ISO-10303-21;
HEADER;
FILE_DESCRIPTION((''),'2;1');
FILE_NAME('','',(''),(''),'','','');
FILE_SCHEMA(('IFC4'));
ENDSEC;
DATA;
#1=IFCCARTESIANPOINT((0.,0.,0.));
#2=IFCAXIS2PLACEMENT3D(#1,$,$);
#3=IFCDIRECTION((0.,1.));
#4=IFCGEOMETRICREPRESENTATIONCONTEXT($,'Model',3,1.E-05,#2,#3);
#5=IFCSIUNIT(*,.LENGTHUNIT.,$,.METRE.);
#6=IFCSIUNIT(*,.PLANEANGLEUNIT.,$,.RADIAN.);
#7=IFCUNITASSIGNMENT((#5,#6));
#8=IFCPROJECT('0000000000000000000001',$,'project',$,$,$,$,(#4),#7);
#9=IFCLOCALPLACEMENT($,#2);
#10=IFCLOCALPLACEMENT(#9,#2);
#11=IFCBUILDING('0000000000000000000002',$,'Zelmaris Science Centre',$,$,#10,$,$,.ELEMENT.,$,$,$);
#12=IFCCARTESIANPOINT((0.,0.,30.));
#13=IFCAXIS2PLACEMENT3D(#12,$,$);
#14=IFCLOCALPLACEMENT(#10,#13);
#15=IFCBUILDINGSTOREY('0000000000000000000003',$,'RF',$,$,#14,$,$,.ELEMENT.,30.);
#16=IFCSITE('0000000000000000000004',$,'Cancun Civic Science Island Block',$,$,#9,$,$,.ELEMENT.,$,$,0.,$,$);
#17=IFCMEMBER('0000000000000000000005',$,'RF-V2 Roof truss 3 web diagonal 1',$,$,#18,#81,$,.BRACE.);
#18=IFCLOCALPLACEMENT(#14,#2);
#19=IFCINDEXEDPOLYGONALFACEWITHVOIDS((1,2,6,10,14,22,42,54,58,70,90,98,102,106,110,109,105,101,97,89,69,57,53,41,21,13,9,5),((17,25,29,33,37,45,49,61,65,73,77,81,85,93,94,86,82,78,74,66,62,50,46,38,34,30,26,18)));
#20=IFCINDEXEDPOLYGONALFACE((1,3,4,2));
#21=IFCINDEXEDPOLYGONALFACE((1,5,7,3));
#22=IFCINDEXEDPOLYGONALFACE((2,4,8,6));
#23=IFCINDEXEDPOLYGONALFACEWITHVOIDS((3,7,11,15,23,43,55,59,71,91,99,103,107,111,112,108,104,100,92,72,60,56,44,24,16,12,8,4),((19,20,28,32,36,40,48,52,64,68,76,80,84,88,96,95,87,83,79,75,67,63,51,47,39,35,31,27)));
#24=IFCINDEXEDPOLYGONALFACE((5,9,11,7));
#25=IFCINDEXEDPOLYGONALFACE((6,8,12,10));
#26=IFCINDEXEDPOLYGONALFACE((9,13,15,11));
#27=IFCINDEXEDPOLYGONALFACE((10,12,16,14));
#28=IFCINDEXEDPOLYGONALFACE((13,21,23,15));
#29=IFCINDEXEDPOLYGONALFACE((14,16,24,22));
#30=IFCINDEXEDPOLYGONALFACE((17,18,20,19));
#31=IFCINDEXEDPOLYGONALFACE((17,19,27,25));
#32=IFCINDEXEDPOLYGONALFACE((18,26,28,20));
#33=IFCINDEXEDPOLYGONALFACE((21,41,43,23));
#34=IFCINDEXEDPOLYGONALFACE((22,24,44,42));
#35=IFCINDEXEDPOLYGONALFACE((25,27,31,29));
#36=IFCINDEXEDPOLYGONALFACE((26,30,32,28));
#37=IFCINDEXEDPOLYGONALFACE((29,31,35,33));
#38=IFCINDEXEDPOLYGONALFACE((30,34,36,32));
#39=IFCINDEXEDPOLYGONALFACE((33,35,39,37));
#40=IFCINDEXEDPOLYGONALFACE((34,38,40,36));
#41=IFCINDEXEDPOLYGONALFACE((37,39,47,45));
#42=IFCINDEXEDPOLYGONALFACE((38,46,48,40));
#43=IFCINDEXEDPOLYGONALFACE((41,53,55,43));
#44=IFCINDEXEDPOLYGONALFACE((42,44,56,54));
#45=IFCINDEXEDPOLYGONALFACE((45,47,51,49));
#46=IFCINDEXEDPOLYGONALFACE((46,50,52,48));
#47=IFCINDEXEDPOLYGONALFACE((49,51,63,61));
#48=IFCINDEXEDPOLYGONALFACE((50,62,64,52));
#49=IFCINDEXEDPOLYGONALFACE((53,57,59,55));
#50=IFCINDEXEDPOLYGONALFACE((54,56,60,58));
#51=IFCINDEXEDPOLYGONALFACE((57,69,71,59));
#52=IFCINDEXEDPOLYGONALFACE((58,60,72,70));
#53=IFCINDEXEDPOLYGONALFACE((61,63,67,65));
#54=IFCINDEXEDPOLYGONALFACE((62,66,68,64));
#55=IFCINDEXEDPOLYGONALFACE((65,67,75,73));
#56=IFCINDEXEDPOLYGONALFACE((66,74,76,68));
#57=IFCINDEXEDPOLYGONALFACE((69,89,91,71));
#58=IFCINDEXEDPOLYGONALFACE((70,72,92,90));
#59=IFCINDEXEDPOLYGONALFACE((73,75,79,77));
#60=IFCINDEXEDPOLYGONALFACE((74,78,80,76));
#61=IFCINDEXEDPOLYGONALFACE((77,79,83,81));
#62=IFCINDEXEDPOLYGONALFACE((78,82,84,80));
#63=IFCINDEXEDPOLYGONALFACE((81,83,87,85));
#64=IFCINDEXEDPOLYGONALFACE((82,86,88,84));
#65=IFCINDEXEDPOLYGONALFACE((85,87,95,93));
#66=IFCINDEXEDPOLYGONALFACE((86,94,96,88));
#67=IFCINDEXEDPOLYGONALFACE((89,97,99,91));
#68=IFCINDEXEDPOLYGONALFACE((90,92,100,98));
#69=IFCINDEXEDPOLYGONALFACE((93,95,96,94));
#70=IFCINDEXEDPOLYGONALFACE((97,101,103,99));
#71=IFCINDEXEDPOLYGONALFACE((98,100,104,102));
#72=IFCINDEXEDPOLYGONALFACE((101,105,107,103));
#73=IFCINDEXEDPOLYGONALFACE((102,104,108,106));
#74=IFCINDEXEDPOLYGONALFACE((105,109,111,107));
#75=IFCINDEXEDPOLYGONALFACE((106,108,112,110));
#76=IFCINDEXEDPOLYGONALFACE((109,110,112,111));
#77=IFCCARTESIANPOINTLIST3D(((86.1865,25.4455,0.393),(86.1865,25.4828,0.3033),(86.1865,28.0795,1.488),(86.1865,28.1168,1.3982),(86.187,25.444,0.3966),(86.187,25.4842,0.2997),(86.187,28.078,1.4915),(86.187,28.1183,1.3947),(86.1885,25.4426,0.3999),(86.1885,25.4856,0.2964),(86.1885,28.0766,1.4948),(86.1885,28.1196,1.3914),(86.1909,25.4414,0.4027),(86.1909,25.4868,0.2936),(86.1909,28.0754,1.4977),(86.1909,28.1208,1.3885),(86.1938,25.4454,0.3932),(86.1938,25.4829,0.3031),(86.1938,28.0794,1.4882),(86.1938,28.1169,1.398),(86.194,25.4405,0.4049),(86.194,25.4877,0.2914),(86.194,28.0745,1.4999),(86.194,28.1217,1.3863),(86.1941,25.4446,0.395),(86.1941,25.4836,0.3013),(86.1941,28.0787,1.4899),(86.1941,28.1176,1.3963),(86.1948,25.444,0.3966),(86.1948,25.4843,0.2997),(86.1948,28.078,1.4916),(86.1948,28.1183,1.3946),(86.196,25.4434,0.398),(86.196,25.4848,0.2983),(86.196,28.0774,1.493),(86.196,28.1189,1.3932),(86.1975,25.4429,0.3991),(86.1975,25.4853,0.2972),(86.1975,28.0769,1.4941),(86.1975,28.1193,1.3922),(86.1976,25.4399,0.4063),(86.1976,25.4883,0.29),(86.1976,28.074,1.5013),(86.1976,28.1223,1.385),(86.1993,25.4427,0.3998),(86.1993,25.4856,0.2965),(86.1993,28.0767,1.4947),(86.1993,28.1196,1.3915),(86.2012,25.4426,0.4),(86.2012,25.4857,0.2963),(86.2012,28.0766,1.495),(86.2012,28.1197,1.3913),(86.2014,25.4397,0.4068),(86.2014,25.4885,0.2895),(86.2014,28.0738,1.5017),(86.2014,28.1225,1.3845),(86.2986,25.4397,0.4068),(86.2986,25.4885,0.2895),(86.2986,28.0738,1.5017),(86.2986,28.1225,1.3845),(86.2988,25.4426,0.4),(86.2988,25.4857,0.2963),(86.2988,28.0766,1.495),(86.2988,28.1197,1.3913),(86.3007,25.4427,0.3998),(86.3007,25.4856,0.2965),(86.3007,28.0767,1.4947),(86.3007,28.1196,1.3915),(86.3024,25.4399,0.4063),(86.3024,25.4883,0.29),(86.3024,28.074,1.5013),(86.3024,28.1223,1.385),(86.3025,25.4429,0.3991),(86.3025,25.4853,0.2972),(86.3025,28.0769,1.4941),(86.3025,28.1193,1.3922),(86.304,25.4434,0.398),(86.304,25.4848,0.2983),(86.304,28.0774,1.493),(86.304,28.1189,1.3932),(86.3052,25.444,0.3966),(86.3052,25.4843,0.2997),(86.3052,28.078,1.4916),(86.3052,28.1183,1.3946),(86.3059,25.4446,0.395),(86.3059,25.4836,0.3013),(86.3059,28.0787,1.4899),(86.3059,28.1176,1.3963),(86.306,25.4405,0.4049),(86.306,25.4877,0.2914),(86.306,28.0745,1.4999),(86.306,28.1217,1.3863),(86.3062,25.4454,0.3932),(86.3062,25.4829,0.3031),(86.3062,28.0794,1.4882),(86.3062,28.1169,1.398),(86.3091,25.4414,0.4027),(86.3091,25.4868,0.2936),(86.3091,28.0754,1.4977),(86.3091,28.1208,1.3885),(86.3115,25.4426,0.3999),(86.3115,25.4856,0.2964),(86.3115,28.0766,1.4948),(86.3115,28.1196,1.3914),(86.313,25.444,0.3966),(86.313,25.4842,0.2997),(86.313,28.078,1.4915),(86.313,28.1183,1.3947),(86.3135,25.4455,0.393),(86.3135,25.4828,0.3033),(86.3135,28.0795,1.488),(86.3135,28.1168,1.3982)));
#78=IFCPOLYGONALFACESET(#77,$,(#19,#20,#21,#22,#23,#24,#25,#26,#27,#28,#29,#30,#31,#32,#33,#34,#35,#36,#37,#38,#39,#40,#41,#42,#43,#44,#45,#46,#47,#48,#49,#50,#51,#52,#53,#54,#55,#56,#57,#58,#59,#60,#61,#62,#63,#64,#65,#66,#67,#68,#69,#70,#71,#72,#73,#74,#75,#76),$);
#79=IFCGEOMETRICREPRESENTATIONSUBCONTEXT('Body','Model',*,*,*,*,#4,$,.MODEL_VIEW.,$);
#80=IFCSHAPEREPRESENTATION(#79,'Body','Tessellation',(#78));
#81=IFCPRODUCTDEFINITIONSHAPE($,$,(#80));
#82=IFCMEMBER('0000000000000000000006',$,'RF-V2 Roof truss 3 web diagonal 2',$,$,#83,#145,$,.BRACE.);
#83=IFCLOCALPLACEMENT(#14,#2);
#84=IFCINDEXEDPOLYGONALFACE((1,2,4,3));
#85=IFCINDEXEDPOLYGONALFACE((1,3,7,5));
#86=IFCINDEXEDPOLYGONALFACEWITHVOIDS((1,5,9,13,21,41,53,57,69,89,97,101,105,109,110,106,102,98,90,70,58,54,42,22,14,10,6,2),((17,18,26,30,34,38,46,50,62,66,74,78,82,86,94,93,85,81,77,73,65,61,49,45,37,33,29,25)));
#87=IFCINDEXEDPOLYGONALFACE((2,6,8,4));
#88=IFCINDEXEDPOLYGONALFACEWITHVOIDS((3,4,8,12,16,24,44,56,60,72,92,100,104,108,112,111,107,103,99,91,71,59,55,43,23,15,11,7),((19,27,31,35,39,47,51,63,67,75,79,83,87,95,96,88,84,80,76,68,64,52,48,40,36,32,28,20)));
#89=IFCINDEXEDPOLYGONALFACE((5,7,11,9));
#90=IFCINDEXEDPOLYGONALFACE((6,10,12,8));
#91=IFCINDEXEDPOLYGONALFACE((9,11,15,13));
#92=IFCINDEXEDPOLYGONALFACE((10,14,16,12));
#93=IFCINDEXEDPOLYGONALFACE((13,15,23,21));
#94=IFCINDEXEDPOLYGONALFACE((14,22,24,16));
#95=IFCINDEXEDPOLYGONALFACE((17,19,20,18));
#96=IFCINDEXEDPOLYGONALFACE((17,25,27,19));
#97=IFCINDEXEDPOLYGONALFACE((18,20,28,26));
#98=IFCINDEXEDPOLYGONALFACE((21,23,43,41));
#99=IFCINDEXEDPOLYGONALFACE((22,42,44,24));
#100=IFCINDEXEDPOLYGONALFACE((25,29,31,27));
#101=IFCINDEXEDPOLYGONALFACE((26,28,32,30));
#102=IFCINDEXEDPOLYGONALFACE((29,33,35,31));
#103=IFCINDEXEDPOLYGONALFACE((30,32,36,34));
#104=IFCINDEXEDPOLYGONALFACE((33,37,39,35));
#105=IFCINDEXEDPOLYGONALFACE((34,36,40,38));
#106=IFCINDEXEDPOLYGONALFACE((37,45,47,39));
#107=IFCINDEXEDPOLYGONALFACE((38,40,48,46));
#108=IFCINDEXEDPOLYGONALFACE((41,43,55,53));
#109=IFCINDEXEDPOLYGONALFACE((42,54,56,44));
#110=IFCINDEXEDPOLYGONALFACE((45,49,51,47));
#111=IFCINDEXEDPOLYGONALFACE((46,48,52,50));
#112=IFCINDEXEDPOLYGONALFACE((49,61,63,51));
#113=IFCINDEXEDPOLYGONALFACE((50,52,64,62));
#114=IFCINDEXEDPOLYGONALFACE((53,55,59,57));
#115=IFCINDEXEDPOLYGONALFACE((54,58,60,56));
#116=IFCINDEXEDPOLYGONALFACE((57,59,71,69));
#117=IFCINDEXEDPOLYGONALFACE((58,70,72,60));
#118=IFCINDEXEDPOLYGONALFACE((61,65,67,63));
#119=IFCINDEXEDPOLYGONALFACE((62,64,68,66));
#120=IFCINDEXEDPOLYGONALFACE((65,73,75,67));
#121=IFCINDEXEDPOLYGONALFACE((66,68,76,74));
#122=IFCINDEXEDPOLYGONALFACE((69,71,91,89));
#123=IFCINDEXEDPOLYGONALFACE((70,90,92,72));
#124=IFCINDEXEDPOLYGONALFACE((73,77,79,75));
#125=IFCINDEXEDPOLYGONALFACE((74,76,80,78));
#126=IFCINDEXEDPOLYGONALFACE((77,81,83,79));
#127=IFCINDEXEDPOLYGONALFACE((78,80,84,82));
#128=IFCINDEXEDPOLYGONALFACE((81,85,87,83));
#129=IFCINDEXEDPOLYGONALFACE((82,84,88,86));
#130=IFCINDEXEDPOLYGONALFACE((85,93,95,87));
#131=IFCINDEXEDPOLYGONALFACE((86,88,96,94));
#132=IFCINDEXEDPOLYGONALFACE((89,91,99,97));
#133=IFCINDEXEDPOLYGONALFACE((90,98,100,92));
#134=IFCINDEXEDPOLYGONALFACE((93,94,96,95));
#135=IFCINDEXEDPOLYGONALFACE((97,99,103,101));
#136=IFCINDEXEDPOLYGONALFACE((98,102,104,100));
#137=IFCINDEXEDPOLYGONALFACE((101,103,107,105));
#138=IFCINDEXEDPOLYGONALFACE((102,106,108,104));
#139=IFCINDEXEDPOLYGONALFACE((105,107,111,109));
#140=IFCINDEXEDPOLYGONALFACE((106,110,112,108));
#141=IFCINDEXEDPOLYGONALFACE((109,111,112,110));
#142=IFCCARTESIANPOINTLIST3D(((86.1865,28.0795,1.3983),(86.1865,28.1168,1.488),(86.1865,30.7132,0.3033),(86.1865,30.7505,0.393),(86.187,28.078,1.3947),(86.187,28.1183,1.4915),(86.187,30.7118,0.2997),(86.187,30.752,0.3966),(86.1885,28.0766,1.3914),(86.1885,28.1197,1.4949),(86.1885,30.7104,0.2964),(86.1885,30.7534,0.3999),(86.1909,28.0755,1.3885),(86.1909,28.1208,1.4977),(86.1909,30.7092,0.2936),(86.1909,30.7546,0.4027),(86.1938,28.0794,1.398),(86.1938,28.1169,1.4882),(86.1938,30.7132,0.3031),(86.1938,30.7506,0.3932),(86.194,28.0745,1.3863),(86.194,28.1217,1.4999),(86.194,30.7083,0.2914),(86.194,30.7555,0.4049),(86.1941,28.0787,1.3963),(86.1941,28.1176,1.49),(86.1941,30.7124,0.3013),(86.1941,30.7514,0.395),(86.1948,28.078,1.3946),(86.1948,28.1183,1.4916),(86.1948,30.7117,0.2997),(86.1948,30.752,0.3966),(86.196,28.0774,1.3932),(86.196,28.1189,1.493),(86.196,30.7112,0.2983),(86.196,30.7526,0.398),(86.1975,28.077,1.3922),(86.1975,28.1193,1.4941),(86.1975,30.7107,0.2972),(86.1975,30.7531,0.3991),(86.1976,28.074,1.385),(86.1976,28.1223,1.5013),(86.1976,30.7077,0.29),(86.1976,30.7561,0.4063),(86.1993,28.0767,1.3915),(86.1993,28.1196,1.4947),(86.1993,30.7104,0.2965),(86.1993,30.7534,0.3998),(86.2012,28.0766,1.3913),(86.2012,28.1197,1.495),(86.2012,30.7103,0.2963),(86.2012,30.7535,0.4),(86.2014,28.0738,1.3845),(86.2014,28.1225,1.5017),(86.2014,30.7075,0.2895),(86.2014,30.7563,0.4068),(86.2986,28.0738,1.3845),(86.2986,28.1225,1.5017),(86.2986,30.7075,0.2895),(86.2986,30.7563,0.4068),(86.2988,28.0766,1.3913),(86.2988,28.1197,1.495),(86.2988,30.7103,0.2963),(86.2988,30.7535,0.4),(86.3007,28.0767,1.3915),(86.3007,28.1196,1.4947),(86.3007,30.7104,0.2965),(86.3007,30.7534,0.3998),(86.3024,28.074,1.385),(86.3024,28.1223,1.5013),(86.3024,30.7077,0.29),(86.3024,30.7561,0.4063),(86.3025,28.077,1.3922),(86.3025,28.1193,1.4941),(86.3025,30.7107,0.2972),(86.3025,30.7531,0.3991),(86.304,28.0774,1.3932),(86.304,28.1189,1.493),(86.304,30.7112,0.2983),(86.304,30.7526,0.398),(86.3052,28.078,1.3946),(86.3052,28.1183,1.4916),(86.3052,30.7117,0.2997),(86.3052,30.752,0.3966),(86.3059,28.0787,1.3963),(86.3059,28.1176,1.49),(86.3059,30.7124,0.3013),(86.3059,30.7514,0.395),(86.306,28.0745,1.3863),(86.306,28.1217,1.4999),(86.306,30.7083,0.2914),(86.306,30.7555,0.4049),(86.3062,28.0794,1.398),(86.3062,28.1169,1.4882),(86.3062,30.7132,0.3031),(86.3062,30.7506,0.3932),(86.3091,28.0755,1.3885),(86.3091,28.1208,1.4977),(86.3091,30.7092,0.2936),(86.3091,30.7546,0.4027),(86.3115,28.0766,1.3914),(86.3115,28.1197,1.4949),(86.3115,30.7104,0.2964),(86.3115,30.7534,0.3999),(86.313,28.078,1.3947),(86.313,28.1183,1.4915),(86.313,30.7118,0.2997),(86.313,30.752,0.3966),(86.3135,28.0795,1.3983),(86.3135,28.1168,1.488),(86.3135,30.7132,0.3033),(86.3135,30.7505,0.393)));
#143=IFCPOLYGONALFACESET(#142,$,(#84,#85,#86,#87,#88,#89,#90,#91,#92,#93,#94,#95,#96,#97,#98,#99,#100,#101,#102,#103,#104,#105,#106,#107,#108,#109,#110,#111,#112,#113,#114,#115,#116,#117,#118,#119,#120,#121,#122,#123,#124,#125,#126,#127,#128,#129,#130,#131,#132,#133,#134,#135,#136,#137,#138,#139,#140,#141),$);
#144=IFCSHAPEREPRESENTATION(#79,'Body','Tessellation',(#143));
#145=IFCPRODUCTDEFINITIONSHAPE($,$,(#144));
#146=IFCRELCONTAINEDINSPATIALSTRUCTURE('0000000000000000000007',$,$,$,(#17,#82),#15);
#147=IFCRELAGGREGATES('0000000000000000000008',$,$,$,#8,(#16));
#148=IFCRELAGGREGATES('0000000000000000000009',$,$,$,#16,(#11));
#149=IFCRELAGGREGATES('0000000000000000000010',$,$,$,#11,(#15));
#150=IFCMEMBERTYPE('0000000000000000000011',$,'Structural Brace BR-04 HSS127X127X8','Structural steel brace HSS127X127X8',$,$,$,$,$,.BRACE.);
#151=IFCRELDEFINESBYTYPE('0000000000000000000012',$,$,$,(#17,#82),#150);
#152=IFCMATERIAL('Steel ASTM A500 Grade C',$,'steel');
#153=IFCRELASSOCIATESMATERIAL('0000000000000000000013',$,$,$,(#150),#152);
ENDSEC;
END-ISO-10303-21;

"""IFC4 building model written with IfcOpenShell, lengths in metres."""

from ifc_helpers import new_model, si_unit, direction, frame, origin, origin_2d, place, context, subcontext, project, spatial, hollow_rectangle, extrude, material, material_profile, profile_set, type_object, element, save


model = new_model("IFC4")

# Units and contexts
model_context = context("Model", 3, precision=1e-05, world=origin(), true_north=direction((0.0, 1.0)))
body_context = subcontext(model_context, "Body", "Model", "MODEL_VIEW")
ifc_project = project(units=[si_unit("LENGTHUNIT", "METRE"), si_unit("PLANEANGLEUNIT", "RADIAN")], contexts=[model_context])

# Site, building, storey
site_placement = place(None, origin())
site = spatial("IfcSite", under=ifc_project, at=site_placement, Name="Cancun Civic Science Island Block", CompositionType="ELEMENT", RefElevation=0.0)
building_placement = place(site_placement, origin())
building = spatial("IfcBuilding", under=site, at=building_placement, Name="Zelmaris Science Centre", CompositionType="ELEMENT")
storey_placement = place(building_placement, frame((0.0, 0.0, 30.0)))
storey = spatial("IfcBuildingStorey", under=building, at=storey_placement, Name="RF", CompositionType="ELEMENT", Elevation=30.0)

# Shared definitions
ifc_material_1 = material(Name="Steel ASTM A500 Grade C", Category="steel")

# Members
ifc_material_profile_1 = material_profile(ifc_material_1, hollow_rectangle(XDim=0.127, YDim=0.127, WallThickness=0.0073, InnerFilletRadius=0.0073, OuterFilletRadius=0.0149, at=origin_2d()), Name="HSS127X127X8")
ifc_profile_set_1 = profile_set([ifc_material_profile_1], Name="Steel ASTM A500 Grade C")
member_type_1 = type_object("IfcMemberType", Name="Structural Brace BR-04 HSS127X127X8", Description="Structural steel brace HSS127X127X8", PredefinedType="BRACE", material=ifc_profile_set_1)
member_1_placement = place(storey_placement, frame((86.25, 25.4641, 0.3481), z_axis=(0.0, 0.923393, 0.383856), x_axis=(-1.0, 0.0, 0.0)))
element("IfcMember", 1, at=member_1_placement, inside=storey, type_object=member_type_1, Name="RF-V2 Roof truss 3 web diagonal 1", PredefinedType="BRACE", context=body_context, shape_type="SweptSolid", body=[
    extrude(hollow_rectangle(XDim=0.127, YDim=0.127, WallThickness=0.0073, InnerFilletRadius=0.0073, OuterFilletRadius=0.0149, at=origin_2d()), origin(), (0.0, 0.0, 1.0), 2.8525),
])
member_2_placement = place(storey_placement, frame((86.25, 28.0981, 1.4431), z_axis=(0.0, 0.923381, -0.383886), x_axis=(-1.0, 0.0, 0.0)))
element("IfcMember", 2, at=member_2_placement, inside=storey, type_object=member_type_1, Name="RF-V2 Roof truss 3 web diagonal 2", PredefinedType="BRACE", context=body_context, shape_type="SweptSolid", body=[
    extrude(hollow_rectangle(XDim=0.127, YDim=0.127, WallThickness=0.0073, InnerFilletRadius=0.0073, OuterFilletRadius=0.0149, at=origin_2d()), origin(), (0.0, 0.0, 1.0), 2.8523),
])

save(model, "model.ifc")
